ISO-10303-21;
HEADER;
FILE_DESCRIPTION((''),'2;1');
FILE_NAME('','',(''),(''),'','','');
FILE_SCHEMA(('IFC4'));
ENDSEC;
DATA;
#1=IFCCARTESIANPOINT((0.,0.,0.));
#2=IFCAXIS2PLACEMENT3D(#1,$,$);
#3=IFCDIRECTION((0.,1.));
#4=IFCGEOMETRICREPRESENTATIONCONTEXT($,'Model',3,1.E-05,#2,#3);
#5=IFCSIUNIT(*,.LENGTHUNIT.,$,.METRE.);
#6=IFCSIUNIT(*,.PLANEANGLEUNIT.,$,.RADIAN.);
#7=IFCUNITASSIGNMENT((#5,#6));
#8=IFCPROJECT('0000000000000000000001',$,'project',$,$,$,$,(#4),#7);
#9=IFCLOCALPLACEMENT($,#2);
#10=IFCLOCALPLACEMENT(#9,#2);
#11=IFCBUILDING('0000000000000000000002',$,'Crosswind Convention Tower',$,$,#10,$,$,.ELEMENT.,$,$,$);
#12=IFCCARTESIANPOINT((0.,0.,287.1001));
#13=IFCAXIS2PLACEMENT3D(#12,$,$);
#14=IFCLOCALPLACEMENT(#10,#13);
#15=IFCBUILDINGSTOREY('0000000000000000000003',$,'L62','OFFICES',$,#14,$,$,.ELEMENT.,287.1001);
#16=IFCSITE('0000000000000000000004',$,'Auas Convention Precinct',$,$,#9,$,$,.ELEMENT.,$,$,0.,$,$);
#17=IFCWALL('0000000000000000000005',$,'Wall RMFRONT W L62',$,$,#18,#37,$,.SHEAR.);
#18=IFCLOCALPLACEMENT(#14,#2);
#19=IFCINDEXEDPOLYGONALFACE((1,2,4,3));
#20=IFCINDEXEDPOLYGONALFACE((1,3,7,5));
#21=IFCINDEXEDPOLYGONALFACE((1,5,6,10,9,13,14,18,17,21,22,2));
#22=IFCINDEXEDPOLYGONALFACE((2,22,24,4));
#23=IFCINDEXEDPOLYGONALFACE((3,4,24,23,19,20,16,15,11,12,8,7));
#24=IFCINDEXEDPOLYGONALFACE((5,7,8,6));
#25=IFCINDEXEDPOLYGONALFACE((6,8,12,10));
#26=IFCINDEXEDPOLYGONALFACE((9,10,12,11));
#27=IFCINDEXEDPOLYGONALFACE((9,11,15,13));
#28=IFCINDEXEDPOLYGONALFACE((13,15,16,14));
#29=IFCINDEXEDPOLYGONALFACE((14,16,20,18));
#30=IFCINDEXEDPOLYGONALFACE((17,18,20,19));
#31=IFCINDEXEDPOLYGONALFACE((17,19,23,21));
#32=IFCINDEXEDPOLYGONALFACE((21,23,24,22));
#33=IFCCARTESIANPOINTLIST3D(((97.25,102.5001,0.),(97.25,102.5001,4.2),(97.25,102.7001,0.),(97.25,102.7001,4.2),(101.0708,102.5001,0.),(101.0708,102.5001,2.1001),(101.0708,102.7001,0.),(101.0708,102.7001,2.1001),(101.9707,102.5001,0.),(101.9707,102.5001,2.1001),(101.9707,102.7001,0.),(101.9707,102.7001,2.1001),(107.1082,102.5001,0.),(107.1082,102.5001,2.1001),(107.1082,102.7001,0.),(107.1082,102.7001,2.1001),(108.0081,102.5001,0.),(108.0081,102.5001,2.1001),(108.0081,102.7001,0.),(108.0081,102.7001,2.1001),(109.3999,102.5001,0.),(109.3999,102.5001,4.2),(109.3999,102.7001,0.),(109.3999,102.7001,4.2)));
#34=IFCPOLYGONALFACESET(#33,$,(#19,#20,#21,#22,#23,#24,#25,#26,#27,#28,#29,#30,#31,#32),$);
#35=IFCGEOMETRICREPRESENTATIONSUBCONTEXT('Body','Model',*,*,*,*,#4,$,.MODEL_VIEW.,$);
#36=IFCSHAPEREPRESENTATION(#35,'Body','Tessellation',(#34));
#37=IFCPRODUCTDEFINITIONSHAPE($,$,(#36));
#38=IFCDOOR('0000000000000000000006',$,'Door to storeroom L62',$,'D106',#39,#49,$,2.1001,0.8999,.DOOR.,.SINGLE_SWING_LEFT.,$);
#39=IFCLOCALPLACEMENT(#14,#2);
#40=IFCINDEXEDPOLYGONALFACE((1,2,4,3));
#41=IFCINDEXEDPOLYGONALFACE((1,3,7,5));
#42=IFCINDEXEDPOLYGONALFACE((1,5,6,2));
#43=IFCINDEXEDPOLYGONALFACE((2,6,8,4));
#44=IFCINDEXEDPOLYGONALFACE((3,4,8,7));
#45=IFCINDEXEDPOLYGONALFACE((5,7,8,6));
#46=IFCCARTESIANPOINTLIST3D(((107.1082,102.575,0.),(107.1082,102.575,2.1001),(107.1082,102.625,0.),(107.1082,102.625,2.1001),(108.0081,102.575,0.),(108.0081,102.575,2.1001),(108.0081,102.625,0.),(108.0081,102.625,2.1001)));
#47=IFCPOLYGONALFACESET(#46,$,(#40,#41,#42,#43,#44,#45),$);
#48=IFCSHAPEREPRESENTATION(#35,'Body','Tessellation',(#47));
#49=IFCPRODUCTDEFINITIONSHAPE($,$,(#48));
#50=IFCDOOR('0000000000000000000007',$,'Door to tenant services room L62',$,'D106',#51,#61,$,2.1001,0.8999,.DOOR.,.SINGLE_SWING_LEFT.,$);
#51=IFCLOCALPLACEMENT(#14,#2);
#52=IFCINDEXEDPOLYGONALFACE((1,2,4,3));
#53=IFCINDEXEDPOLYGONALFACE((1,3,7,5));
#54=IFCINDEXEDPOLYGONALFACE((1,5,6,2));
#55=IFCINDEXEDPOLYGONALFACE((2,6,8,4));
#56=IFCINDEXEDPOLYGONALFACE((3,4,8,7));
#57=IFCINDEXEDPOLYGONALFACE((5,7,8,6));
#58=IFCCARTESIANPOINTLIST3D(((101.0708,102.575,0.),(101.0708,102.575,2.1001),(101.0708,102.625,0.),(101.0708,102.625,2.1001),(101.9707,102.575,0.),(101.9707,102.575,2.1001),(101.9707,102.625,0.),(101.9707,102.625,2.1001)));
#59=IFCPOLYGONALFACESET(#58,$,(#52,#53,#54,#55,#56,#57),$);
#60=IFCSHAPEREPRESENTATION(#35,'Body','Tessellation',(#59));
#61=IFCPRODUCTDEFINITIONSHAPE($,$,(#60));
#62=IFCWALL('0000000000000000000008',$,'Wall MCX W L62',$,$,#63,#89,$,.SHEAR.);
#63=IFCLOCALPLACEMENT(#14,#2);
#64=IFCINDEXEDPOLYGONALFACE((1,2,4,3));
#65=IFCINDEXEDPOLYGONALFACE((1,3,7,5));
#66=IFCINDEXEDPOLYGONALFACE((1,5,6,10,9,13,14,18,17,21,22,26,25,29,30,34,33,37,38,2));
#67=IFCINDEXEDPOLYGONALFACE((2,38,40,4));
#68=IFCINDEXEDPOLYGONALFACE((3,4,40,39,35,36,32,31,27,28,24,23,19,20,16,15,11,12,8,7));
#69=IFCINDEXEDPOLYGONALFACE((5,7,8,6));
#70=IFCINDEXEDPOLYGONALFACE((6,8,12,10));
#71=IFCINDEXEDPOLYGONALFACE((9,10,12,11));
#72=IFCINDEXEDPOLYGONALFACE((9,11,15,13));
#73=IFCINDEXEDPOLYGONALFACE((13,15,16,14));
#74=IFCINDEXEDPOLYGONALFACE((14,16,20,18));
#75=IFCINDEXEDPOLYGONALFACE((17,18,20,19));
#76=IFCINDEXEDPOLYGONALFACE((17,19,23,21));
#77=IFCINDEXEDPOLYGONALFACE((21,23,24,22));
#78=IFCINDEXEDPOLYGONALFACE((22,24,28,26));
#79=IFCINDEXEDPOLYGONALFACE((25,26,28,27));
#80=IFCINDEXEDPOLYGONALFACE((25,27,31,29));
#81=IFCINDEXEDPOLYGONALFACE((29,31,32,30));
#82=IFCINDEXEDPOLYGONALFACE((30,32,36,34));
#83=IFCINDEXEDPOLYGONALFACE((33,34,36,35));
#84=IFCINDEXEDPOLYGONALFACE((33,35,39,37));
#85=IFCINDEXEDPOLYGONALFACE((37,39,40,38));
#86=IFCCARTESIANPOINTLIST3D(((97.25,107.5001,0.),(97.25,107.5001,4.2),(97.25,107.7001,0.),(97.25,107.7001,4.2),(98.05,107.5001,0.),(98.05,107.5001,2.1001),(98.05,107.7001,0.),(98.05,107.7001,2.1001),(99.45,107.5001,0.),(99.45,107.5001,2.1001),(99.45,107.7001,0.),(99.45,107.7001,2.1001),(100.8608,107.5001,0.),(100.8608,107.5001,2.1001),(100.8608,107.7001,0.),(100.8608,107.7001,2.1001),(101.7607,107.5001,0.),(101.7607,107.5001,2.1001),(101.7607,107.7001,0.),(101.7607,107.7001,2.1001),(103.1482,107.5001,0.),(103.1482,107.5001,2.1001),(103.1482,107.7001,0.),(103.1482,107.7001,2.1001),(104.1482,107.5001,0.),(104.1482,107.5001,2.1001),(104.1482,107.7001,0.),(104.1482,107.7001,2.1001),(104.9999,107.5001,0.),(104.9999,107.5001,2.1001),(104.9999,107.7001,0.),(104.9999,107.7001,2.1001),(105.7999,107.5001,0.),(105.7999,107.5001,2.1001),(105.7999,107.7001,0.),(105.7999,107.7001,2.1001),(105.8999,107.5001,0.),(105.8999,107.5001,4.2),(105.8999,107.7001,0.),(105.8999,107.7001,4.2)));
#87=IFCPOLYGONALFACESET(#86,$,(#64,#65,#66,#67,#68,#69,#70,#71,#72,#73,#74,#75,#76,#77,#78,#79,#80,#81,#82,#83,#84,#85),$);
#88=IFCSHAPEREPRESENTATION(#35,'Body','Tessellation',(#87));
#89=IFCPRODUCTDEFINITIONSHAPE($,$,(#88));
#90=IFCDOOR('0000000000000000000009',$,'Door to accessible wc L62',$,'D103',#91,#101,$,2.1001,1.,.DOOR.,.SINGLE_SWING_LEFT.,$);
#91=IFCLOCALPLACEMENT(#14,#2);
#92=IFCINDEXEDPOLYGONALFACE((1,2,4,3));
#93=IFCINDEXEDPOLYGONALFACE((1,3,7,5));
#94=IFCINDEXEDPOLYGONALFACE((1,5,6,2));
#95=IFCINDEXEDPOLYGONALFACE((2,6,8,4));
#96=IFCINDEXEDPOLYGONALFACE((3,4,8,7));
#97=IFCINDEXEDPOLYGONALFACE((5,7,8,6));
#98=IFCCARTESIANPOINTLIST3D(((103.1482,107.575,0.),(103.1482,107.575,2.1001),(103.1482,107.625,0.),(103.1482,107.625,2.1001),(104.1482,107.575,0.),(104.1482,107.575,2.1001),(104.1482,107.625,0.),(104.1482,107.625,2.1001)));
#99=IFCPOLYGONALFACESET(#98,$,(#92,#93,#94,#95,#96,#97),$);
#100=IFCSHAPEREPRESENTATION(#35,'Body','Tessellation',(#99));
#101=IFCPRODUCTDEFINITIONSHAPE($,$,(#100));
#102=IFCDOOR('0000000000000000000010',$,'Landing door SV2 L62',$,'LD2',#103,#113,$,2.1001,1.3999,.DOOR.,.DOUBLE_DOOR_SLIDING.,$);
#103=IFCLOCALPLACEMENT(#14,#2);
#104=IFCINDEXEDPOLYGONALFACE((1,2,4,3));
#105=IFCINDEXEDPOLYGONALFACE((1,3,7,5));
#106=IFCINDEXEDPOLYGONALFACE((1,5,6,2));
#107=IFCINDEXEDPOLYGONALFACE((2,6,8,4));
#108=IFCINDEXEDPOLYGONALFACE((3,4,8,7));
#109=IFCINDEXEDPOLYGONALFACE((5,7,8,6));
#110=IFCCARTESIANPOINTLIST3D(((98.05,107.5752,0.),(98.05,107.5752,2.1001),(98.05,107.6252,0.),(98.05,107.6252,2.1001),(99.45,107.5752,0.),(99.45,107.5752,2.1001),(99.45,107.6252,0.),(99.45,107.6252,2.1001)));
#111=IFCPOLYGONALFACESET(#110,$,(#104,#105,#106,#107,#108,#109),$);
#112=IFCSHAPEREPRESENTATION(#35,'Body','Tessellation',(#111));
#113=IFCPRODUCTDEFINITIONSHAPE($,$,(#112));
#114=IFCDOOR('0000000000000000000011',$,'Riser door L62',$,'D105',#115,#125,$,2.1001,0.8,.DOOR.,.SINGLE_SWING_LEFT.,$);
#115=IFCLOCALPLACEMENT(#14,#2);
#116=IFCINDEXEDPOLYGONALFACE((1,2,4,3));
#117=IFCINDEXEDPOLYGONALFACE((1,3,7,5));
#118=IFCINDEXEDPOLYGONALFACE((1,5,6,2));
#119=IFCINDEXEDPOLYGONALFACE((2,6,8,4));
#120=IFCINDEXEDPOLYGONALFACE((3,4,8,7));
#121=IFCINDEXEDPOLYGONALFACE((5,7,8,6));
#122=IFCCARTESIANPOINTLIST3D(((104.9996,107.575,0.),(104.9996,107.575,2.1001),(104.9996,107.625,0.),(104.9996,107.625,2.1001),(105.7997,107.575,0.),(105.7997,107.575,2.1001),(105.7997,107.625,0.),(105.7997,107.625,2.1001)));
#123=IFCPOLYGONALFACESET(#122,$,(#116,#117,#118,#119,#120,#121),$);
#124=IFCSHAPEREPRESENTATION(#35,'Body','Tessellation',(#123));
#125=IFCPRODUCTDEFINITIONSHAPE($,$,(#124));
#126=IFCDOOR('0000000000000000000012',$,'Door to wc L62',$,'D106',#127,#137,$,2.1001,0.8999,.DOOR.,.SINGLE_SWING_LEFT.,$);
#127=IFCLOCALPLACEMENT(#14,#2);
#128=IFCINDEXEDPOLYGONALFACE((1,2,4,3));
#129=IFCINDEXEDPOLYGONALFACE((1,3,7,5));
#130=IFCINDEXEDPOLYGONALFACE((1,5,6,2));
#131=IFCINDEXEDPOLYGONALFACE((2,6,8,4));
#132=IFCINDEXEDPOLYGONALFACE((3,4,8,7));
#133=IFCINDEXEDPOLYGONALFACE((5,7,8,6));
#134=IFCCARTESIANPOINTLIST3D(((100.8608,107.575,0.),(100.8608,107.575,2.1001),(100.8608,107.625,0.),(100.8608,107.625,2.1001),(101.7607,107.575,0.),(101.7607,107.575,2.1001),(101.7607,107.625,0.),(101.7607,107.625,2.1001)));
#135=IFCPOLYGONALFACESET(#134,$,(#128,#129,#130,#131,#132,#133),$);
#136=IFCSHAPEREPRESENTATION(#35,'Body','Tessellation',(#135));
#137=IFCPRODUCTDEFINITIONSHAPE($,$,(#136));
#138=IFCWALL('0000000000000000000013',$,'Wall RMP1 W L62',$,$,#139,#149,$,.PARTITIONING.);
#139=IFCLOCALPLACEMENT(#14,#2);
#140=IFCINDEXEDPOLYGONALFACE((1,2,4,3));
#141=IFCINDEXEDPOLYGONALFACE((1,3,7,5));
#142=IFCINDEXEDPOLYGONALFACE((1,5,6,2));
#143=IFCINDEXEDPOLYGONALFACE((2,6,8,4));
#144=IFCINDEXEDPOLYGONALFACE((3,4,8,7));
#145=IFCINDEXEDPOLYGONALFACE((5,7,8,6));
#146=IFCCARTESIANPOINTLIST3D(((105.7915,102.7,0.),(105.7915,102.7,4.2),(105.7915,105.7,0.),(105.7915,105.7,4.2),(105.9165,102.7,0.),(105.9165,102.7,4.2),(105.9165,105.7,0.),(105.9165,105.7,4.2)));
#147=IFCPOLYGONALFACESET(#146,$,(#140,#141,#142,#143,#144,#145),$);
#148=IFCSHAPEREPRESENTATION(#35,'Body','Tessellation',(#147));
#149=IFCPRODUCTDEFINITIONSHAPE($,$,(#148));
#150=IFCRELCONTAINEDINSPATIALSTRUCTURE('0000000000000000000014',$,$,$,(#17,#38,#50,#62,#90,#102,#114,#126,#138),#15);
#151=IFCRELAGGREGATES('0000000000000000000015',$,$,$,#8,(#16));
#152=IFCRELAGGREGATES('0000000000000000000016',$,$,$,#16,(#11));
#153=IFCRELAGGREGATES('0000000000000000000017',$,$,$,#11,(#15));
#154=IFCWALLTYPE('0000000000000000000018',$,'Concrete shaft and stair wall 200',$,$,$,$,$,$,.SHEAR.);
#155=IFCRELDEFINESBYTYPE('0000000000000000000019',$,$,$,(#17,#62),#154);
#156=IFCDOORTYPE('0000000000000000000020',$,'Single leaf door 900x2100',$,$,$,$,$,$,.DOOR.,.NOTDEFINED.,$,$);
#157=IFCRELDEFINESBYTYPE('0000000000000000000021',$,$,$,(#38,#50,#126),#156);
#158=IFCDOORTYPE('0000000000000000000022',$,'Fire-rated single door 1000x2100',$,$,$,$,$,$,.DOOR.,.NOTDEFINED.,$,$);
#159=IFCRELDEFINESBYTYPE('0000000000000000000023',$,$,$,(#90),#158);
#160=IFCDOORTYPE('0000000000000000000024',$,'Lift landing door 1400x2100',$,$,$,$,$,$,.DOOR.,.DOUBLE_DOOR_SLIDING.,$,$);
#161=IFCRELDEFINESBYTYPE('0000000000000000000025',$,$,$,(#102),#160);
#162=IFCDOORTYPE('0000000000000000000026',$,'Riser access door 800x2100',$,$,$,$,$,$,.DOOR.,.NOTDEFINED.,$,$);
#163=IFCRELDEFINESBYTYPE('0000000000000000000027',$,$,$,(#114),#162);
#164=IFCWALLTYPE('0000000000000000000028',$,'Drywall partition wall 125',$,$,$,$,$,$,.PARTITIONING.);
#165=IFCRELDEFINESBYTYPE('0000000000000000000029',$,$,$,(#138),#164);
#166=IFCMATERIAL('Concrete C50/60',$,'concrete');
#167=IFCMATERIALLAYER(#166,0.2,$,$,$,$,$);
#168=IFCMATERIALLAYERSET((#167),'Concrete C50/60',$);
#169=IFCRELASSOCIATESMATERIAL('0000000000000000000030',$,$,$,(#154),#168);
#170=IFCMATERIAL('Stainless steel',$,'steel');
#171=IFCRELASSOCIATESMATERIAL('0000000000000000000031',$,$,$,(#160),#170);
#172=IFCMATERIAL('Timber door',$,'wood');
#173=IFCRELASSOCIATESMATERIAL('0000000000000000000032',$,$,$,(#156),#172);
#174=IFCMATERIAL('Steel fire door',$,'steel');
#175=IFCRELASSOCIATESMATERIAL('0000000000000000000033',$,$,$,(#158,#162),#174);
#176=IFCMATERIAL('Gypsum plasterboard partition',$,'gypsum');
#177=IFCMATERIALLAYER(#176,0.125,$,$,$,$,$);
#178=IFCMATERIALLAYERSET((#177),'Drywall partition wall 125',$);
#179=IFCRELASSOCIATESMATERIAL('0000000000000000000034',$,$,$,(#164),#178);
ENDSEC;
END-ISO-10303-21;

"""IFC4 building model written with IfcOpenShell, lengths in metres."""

from ifc_helpers import new_model, si_unit, direction, frame, frame_2d, origin, place, context, subcontext, project, spatial, rectangle, extrude, material, layer, layer_set, type_object, element, fill, save


model = new_model("IFC4")

# Units and contexts
model_context = context("Model", 3, precision=1e-05, world=origin(), true_north=direction((0.0, 1.0)))
body_context = subcontext(model_context, "Body", "Model", "MODEL_VIEW")
ifc_project = project(units=[si_unit("LENGTHUNIT", "METRE"), si_unit("PLANEANGLEUNIT", "RADIAN")], contexts=[model_context])

# Site, building, storey
site_placement = place(None, origin())
site = spatial("IfcSite", under=ifc_project, at=site_placement, Name="Auas Convention Precinct", CompositionType="ELEMENT", RefElevation=0.0)
building_placement = place(site_placement, origin())
building = spatial("IfcBuilding", under=site, at=building_placement, Name="Crosswind Convention Tower", CompositionType="ELEMENT")
storey_placement = place(building_placement, frame((0.0, 0.0, 287.1001)))
storey = spatial("IfcBuildingStorey", under=building, at=storey_placement, Name="L62", Description="OFFICES", CompositionType="ELEMENT", Elevation=287.1001)

# Shared definitions
ifc_material_1 = material(Name="Concrete C50/60", Category="concrete")
ifc_layer_1 = layer(ifc_material_1, 0.2)
ifc_layer_set_1 = layer_set([ifc_layer_1], Name="Concrete C50/60")
wall_type_1 = type_object("IfcWallType", Name="Concrete shaft and stair wall 200", PredefinedType="SHEAR", material=ifc_layer_set_1)

# Shared definitions
ifc_material_2 = material(Name="Stainless steel", Category="steel")
door_type_1 = type_object("IfcDoorType", Name="Lift landing door 1400x2100", OperationType="DOUBLE_DOOR_SLIDING", PredefinedType="DOOR", material=ifc_material_2)

# Walls, openings, doors
wall_1_placement = place(storey_placement, frame((109.3999, 102.6001, 0.0), z_axis=(0.0, 0.0, 1.0), x_axis=(-1.0, 0.0, 0.0)))
wall_1 = element("IfcWall", 1, at=wall_1_placement, inside=storey, type_object=wall_type_1, Name="Wall RMFRONT W L62", PredefinedType="SHEAR", context=body_context, shape_type="SweptSolid", body=[
    extrude(rectangle(XDim=12.1499, YDim=0.2, at=frame_2d((6.075, 0.0))), origin(), (0.0, 0.0, 1.0), 4.2),
])
opening_1_placement = place(wall_1_placement, frame((1.3918, 0.0, 0.0)))
opening_1 = element("IfcOpeningElement", 2, at=opening_1_placement, cuts=wall_1, PredefinedType="OPENING", context=body_context, shape_type="SweptSolid", body=[
    extrude(rectangle(XDim=0.8999, YDim=2.1001, at=frame_2d((0.45, 1.05))), frame((0.0, 0.1099, 0.0), z_axis=(0.0, -1.0, 0.0), x_axis=(1.0, 0.0, 0.0)), (0.0, 0.0, 1.0), 0.22),
])
opening_2_placement = place(wall_1_placement, frame((7.4292, 0.0, 0.0)))
opening_2 = element("IfcOpeningElement", 3, at=opening_2_placement, cuts=wall_1, PredefinedType="OPENING", context=body_context, shape_type="SweptSolid", body=[
    extrude(rectangle(XDim=0.8999, YDim=2.1001, at=frame_2d((0.45, 1.05))), frame((0.0, 0.1099, 0.0), z_axis=(0.0, -1.0, 0.0), x_axis=(1.0, 0.0, 0.0)), (0.0, 0.0, 1.0), 0.22),
])
ifc_material_3 = material(Name="Timber door", Category="wood")
door_type_2 = type_object("IfcDoorType", Name="Single leaf door 900x2100", OperationType="NOTDEFINED", PredefinedType="DOOR", material=ifc_material_3)
door_1_placement = place(opening_1_placement, frame((0.8999, 0.0, 0.0), z_axis=(0.0, 0.0, 1.0), x_axis=(-1.0, 0.0, 0.0)))
door_1 = element("IfcDoor", 4, at=door_1_placement, inside=storey, type_object=door_type_2, Name="Door to storeroom L62", ObjectType="D106", OperationType="SINGLE_SWING_LEFT", OverallHeight=2.1001, OverallWidth=0.8999, PredefinedType="DOOR", context=body_context, shape_type="SweptSolid", body=[
    extrude(rectangle(XDim=0.8999, YDim=2.1001, at=frame_2d((0.45, 1.05))), frame((0.0, 0.0249, 0.0), z_axis=(0.0, -1.0, 0.0), x_axis=(1.0, 0.0, 0.0)), (0.0, 0.0, 1.0), 0.05),
])
fill(opening_1, door_1)
door_2_placement = place(opening_2_placement, frame((0.8999, 0.0, 0.0), z_axis=(0.0, 0.0, 1.0), x_axis=(-1.0, 0.0, 0.0)))
door_2 = element("IfcDoor", 5, at=door_2_placement, inside=storey, type_object=door_type_2, Name="Door to tenant services room L62", ObjectType="D106", OperationType="SINGLE_SWING_LEFT", OverallHeight=2.1001, OverallWidth=0.8999, PredefinedType="DOOR", context=body_context, shape_type="SweptSolid", body=[
    extrude(rectangle(XDim=0.8999, YDim=2.1001, at=frame_2d((0.45, 1.05))), frame((0.0, 0.0249, 0.0), z_axis=(0.0, -1.0, 0.0), x_axis=(1.0, 0.0, 0.0)), (0.0, 0.0, 1.0), 0.05),
])
fill(opening_2, door_2)
wall_2_placement = place(storey_placement, frame((105.8999, 107.6001, 0.0), z_axis=(0.0, 0.0, 1.0), x_axis=(-1.0, 0.0, 0.0)))
wall_2 = element("IfcWall", 6, at=wall_2_placement, inside=storey, type_object=wall_type_1, Name="Wall MCX W L62", PredefinedType="SHEAR", context=body_context, shape_type="SweptSolid", body=[
    extrude(rectangle(XDim=8.6499, YDim=0.2, at=frame_2d((4.325, 0.0))), origin(), (0.0, 0.0, 1.0), 4.2),
])
opening_3_placement = place(wall_2_placement, frame((0.1001, 0.0, 0.0)))
opening_3 = element("IfcOpeningElement", 7, at=opening_3_placement, cuts=wall_2, PredefinedType="OPENING", context=body_context, shape_type="SweptSolid", body=[
    extrude(rectangle(XDim=0.8, YDim=2.1001, at=frame_2d((0.3999, 1.05))), frame((0.0, 0.1099, 0.0), z_axis=(0.0, -1.0, 0.0), x_axis=(1.0, 0.0, 0.0)), (0.0, 0.0, 1.0), 0.22),
])
opening_4_placement = place(wall_2_placement, frame((1.7517, 0.0, 0.0)))
opening_4 = element("IfcOpeningElement", 8, at=opening_4_placement, cuts=wall_2, PredefinedType="OPENING", context=body_context, shape_type="SweptSolid", body=[
    extrude(rectangle(XDim=1.0, YDim=2.1001, at=frame_2d((0.5, 1.05))), frame((0.0, 0.1099, 0.0), z_axis=(0.0, -1.0, 0.0), x_axis=(1.0, 0.0, 0.0)), (0.0, 0.0, 1.0), 0.22),
])
opening_5_placement = place(wall_2_placement, frame((4.1392, 0.0, 0.0)))
opening_5 = element("IfcOpeningElement", 9, at=opening_5_placement, cuts=wall_2, PredefinedType="OPENING", context=body_context, shape_type="SweptSolid", body=[
    extrude(rectangle(XDim=0.8999, YDim=2.1001, at=frame_2d((0.45, 1.05))), frame((0.0, 0.1099, 0.0), z_axis=(0.0, -1.0, 0.0), x_axis=(1.0, 0.0, 0.0)), (0.0, 0.0, 1.0), 0.22),
])
opening_6_placement = place(wall_2_placement, frame((6.45, 0.0, 0.0)))
opening_6 = element("IfcOpeningElement", 10, at=opening_6_placement, cuts=wall_2, PredefinedType="OPENING", context=body_context, shape_type="SweptSolid", body=[
    extrude(rectangle(XDim=1.3999, YDim=2.1001, at=frame_2d((0.7, 1.05))), frame((0.0, 0.1099, 0.0), z_axis=(0.0, -1.0, 0.0), x_axis=(1.0, 0.0, 0.0)), (0.0, 0.0, 1.0), 0.22),
])
ifc_material_4 = material(Name="Steel fire door", Category="steel")
door_type_3 = type_object("IfcDoorType", Name="Fire-rated single door 1000x2100", OperationType="NOTDEFINED", PredefinedType="DOOR", material=ifc_material_4)
door_3_placement = place(opening_4_placement, frame((1.0, 0.0, 0.0), z_axis=(0.0, 0.0, 1.0), x_axis=(-1.0, 0.0, 0.0)))
door_3 = element("IfcDoor", 11, at=door_3_placement, inside=storey, type_object=door_type_3, Name="Door to accessible wc L62", ObjectType="D103", OperationType="SINGLE_SWING_LEFT", OverallHeight=2.1001, OverallWidth=1.0, PredefinedType="DOOR", context=body_context, shape_type="SweptSolid", body=[
    extrude(rectangle(XDim=1.0, YDim=2.1001, at=frame_2d((0.5, 1.05))), frame((0.0, 0.0249, 0.0), z_axis=(0.0, -1.0, 0.0), x_axis=(1.0, 0.0, 0.0)), (0.0, 0.0, 1.0), 0.05),
])
fill(opening_4, door_3)
door_4_placement = place(opening_6_placement, origin())
door_4 = element("IfcDoor", 12, at=door_4_placement, inside=storey, type_object=door_type_1, Name="Landing door SV2 L62", ObjectType="LD2", OperationType="DOUBLE_DOOR_SLIDING", OverallHeight=2.1001, OverallWidth=1.3999, PredefinedType="DOOR", context=body_context, shape_type="SweptSolid", body=[
    extrude(rectangle(XDim=1.3999, YDim=2.1001, at=frame_2d((0.7, 1.05))), frame((0.0, 0.0249, 0.0), z_axis=(0.0, -1.0, 0.0), x_axis=(1.0, 0.0, 0.0)), (0.0, 0.0, 1.0), 0.05),
])
fill(opening_6, door_4)
door_type_4 = type_object("IfcDoorType", Name="Riser access door 800x2100", OperationType="NOTDEFINED", PredefinedType="DOOR", material=ifc_material_4)
door_5_placement = place(opening_3_placement, frame((0.8, 0.0, 0.0), z_axis=(0.0, 0.0, 1.0), x_axis=(-1.0, 0.0, 0.0)))
door_5 = element("IfcDoor", 13, at=door_5_placement, inside=storey, type_object=door_type_4, Name="Riser door L62", ObjectType="D105", OperationType="SINGLE_SWING_LEFT", OverallHeight=2.1001, OverallWidth=0.8, PredefinedType="DOOR", context=body_context, shape_type="SweptSolid", body=[
    extrude(rectangle(XDim=0.8, YDim=2.1001, at=frame_2d((0.3999, 1.05))), frame((0.0, 0.0249, 0.0), z_axis=(0.0, -1.0, 0.0), x_axis=(1.0, 0.0, 0.0)), (0.0, 0.0, 1.0), 0.05),
])
fill(opening_3, door_5)
door_6_placement = place(opening_5_placement, frame((0.8999, 0.0, 0.0), z_axis=(0.0, 0.0, 1.0), x_axis=(-1.0, 0.0, 0.0)))
door_6 = element("IfcDoor", 14, at=door_6_placement, inside=storey, type_object=door_type_2, Name="Door to wc L62", ObjectType="D106", OperationType="SINGLE_SWING_LEFT", OverallHeight=2.1001, OverallWidth=0.8999, PredefinedType="DOOR", context=body_context, shape_type="SweptSolid", body=[
    extrude(rectangle(XDim=0.8999, YDim=2.1001, at=frame_2d((0.45, 1.05))), frame((0.0, 0.0249, 0.0), z_axis=(0.0, -1.0, 0.0), x_axis=(1.0, 0.0, 0.0)), (0.0, 0.0, 1.0), 0.05),
])
fill(opening_5, door_6)

# Wall
ifc_material_5 = material(Name="Gypsum plasterboard partition", Category="gypsum")
ifc_layer_2 = layer(ifc_material_5, 0.125)
ifc_layer_set_2 = layer_set([ifc_layer_2], Name="Drywall partition wall 125")
wall_type_2 = type_object("IfcWallType", Name="Drywall partition wall 125", PredefinedType="PARTITIONING", material=ifc_layer_set_2)
wall_3_placement = place(storey_placement, frame((105.854, 105.7, 0.0), z_axis=(0.0, 0.0, 1.0), x_axis=(0.0, -1.0, 0.0)))
element("IfcWall", 15, at=wall_3_placement, inside=storey, type_object=wall_type_2, Name="Wall RMP1 W L62", PredefinedType="PARTITIONING", context=body_context, shape_type="SweptSolid", body=[
    extrude(rectangle(XDim=3.0, YDim=0.125, at=frame_2d((1.5, 0.0))), origin(), (0.0, 0.0, 1.0), 4.2),
])

save(model, "model.ifc")
